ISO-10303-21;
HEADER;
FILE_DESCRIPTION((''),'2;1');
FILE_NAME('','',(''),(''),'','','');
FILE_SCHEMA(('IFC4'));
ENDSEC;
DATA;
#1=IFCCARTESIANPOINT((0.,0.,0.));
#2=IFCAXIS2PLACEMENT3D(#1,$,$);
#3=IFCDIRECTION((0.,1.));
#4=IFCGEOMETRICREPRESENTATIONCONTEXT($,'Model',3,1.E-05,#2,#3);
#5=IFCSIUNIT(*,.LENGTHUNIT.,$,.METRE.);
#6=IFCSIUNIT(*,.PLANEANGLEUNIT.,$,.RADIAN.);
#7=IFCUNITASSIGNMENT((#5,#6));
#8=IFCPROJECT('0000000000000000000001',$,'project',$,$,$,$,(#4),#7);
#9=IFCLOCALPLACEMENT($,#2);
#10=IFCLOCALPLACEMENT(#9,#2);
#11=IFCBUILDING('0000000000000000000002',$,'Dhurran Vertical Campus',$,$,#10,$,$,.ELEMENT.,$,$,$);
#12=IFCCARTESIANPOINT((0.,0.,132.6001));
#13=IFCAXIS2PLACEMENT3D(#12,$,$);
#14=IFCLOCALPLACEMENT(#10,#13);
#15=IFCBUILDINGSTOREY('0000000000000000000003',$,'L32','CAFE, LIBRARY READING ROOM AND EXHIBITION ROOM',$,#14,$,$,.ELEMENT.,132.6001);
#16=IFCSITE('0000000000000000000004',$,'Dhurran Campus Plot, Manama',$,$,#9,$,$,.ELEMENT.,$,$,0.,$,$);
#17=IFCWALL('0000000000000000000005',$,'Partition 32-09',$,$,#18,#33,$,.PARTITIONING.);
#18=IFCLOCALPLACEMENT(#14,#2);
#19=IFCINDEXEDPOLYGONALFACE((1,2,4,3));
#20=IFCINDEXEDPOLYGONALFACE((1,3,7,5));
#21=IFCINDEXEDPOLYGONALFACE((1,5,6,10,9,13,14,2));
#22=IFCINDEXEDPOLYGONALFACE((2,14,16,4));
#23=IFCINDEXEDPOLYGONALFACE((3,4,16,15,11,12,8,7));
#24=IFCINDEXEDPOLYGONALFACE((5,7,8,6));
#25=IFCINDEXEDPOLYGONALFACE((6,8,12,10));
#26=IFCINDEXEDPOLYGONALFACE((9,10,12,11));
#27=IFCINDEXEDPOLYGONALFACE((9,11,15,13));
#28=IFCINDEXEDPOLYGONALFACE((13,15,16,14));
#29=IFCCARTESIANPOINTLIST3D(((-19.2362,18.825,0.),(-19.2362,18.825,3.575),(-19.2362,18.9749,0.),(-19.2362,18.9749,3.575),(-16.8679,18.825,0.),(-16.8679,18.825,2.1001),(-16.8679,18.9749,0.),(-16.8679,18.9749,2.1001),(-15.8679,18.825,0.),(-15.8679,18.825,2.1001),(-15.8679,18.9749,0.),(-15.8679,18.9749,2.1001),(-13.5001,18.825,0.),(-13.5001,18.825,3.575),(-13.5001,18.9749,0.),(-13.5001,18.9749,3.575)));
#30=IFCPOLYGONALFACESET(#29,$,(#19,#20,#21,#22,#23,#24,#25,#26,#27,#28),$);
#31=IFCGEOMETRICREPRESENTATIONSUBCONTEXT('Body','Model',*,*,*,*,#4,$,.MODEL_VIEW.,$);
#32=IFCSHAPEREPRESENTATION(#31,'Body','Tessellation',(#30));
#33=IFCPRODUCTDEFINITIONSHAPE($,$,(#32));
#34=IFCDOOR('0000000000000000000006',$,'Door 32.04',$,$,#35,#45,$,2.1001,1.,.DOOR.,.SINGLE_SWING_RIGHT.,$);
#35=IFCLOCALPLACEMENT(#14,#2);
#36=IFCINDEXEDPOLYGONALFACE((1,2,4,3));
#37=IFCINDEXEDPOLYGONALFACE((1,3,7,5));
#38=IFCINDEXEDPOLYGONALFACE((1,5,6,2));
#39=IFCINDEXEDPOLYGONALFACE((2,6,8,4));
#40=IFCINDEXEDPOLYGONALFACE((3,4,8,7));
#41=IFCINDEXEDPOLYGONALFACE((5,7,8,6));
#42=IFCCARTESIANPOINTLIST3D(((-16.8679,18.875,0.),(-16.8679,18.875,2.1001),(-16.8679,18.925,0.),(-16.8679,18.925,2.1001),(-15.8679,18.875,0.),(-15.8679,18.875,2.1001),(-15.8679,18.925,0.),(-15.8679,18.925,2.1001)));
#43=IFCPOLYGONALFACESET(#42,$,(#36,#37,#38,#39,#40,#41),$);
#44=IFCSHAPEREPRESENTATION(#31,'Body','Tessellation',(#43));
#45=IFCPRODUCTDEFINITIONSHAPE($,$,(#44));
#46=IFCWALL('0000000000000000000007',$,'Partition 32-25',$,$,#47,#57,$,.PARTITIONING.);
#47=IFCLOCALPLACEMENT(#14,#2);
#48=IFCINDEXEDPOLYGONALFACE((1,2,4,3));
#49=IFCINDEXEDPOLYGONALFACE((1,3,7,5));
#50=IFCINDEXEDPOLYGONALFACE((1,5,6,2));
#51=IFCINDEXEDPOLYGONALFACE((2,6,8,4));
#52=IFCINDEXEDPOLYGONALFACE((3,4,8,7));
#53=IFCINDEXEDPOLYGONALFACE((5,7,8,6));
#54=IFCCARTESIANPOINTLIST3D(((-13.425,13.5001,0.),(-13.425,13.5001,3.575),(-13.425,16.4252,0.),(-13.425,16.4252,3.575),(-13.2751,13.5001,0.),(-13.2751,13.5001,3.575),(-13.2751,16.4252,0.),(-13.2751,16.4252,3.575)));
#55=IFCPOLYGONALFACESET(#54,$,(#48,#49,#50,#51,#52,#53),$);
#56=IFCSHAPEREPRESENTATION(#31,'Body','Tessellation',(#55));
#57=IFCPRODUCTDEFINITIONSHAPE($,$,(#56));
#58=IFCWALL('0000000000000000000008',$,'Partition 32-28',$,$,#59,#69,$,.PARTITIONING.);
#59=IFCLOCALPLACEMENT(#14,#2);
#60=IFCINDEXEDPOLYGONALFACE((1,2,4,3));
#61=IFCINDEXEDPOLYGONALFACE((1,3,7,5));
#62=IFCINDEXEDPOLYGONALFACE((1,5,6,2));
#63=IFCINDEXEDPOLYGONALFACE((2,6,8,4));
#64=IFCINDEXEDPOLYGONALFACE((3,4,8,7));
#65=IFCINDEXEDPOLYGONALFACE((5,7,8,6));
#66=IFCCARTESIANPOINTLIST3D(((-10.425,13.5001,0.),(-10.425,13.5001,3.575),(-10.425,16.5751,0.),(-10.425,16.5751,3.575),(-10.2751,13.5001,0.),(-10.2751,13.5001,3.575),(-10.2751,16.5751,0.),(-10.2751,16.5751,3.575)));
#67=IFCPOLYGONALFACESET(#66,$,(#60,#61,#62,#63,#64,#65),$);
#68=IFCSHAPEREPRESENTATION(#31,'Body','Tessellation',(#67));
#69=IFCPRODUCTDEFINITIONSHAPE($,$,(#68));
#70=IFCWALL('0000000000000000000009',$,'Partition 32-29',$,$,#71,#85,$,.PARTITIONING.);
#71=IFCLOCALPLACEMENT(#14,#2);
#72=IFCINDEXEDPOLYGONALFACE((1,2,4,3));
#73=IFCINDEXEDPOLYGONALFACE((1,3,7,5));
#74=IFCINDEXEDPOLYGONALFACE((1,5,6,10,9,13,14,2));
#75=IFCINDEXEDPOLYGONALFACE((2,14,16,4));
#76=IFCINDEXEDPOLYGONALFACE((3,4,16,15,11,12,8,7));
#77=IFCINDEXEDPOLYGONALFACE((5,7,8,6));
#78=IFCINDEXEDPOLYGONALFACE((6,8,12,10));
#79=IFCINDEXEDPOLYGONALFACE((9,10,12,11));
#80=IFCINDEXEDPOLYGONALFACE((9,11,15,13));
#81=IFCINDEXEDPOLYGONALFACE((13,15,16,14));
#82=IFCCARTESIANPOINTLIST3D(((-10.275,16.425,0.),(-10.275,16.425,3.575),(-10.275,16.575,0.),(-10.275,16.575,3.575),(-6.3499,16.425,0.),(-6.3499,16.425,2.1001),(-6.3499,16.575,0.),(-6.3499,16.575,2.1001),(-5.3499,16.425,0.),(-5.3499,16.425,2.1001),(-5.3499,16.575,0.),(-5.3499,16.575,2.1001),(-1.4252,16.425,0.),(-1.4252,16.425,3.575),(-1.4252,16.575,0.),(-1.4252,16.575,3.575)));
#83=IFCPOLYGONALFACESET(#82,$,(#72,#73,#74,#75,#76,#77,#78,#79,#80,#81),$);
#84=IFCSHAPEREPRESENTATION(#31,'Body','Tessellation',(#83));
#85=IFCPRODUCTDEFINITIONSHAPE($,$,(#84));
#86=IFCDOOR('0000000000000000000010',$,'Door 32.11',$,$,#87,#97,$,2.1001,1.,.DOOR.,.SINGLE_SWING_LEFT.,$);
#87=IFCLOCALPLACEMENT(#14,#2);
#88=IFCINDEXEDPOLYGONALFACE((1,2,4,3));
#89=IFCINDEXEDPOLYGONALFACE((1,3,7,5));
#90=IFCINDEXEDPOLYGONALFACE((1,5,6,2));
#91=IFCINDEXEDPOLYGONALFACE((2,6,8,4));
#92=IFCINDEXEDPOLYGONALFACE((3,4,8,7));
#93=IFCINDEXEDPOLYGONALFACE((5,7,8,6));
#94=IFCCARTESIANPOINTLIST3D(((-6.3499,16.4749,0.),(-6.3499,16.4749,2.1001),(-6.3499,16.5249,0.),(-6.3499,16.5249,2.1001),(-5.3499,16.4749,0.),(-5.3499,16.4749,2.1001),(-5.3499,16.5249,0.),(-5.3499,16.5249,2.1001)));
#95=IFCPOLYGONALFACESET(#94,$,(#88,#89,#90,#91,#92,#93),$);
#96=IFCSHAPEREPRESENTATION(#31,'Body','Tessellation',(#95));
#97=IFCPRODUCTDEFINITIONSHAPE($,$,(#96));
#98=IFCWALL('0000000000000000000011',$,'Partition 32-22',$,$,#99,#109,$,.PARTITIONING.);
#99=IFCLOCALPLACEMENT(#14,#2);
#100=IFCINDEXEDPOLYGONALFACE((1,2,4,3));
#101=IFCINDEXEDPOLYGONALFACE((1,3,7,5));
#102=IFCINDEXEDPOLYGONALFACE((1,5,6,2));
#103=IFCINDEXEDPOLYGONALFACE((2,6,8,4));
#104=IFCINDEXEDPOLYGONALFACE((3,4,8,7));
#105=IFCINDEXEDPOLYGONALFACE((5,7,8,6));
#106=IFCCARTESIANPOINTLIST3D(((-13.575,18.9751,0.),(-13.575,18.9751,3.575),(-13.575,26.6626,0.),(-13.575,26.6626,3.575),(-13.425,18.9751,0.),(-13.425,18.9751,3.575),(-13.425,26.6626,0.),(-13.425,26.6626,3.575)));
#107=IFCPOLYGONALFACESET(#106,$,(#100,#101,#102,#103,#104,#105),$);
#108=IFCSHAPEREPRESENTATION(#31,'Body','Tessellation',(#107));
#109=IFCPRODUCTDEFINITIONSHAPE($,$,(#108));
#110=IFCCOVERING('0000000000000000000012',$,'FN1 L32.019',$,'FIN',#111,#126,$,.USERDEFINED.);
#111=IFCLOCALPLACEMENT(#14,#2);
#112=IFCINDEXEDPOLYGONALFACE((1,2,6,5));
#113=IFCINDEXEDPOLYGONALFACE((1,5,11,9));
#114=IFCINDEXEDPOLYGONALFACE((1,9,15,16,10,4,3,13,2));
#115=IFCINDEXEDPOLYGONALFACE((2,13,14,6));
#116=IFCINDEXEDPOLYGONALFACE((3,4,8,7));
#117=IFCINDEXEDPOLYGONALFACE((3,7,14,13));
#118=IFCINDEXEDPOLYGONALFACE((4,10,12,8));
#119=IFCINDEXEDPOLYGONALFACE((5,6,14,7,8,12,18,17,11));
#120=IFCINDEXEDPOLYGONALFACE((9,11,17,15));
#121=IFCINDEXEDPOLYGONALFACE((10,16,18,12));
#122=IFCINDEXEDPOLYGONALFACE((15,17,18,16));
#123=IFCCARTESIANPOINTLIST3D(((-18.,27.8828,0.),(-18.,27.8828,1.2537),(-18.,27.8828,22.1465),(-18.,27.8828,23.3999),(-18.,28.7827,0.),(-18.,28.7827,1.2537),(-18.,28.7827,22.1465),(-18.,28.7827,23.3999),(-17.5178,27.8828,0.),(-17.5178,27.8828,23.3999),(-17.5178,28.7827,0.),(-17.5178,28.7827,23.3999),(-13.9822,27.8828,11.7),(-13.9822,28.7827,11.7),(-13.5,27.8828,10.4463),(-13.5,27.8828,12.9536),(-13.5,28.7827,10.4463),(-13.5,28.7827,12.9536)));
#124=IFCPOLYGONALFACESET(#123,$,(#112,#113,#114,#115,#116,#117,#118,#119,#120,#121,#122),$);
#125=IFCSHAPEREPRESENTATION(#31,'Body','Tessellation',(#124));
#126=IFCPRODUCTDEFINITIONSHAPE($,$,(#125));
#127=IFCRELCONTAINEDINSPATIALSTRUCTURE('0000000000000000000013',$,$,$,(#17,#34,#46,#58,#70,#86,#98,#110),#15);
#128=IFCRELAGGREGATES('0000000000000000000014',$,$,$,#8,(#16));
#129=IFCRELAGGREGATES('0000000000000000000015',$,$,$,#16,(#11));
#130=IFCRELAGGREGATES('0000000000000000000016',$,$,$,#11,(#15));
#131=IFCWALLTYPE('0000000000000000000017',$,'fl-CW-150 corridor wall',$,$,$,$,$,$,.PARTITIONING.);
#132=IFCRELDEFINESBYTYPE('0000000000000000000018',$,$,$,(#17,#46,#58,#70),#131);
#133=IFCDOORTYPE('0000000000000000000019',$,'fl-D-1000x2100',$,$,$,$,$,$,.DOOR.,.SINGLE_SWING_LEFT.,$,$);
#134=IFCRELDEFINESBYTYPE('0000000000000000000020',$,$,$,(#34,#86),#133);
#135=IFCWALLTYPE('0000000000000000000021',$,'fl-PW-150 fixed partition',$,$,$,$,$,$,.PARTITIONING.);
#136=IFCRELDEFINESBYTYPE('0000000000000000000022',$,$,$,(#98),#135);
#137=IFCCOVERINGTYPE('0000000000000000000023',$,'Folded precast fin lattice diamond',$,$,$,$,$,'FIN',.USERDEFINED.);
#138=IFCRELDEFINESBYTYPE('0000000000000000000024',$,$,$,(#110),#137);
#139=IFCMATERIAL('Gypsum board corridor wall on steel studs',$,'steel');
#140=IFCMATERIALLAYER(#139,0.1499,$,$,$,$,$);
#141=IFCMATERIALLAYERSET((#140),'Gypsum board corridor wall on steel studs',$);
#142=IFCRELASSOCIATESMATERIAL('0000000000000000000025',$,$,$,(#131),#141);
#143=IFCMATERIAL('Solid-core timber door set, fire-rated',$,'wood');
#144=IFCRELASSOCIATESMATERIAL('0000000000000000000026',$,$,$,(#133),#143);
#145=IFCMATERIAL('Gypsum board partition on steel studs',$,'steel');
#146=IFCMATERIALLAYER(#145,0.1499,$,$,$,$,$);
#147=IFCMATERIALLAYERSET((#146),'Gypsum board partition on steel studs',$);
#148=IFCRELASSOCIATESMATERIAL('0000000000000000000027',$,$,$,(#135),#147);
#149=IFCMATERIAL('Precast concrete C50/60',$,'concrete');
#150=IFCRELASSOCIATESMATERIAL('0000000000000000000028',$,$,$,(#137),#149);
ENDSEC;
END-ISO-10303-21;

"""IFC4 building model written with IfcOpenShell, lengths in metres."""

from ifc_helpers import new_model, si_unit, direction, frame, frame_2d, origin, place, context, subcontext, project, spatial, polyline, rectangle, outline, extrude, material, layer, layer_set, type_object, element, fill, save


model = new_model("IFC4")

# Units and contexts
model_context = context("Model", 3, precision=1e-05, world=origin(), true_north=direction((0.0, 1.0)))
body_context = subcontext(model_context, "Body", "Model", "MODEL_VIEW")
ifc_project = project(units=[si_unit("LENGTHUNIT", "METRE"), si_unit("PLANEANGLEUNIT", "RADIAN")], contexts=[model_context])

# Site, building, storey
site_placement = place(None, origin())
site = spatial("IfcSite", under=ifc_project, at=site_placement, Name="Dhurran Campus Plot, Manama", CompositionType="ELEMENT", RefElevation=0.0)
building_placement = place(site_placement, origin())
building = spatial("IfcBuilding", under=site, at=building_placement, Name="Dhurran Vertical Campus", CompositionType="ELEMENT")
storey_placement = place(building_placement, frame((0.0, 0.0, 132.6001)))
storey = spatial("IfcBuildingStorey", under=building, at=storey_placement, Name="L32", Description="CAFE, LIBRARY READING ROOM AND EXHIBITION ROOM", CompositionType="ELEMENT", Elevation=132.6001)

# Wall, opening, door
ifc_material_1 = material(Name="Gypsum board corridor wall on steel studs", Category="steel")
ifc_layer_1 = layer(ifc_material_1, 0.1499)
ifc_layer_set_1 = layer_set([ifc_layer_1], Name="Gypsum board corridor wall on steel studs")
wall_type_1 = type_object("IfcWallType", Name="fl-CW-150 corridor wall", PredefinedType="PARTITIONING", material=ifc_layer_set_1)
wall_1_placement = place(storey_placement, frame((-13.5, 18.8999, 0.0), z_axis=(0.0, 0.0, 1.0), x_axis=(-1.0, 0.0, 0.0)))
wall_1 = element("IfcWall", 1, at=wall_1_placement, inside=storey, type_object=wall_type_1, Name="Partition 32-09", PredefinedType="PARTITIONING", context=body_context, shape_type="SweptSolid", body=[
    extrude(rectangle(XDim=5.7361, YDim=0.1499, at=frame_2d((2.8682, 0.0))), origin(), (0.0, 0.0, 1.0), 3.575),
])
opening_1_placement = place(wall_1_placement, frame((2.3679, 0.0, 0.0)))
opening_1 = element("IfcOpeningElement", 2, at=opening_1_placement, cuts=wall_1, PredefinedType="OPENING", context=body_context, shape_type="SweptSolid", body=[
    extrude(rectangle(XDim=1.0, YDim=2.1001, at=frame_2d((0.5, 1.05))), frame((0.0, 0.085, 0.0), z_axis=(0.0, -1.0, 0.0), x_axis=(1.0, 0.0, 0.0)), (0.0, 0.0, 1.0), 0.1699),
])
ifc_material_2 = material(Name="Solid-core timber door set, fire-rated", Category="wood")
door_type = type_object("IfcDoorType", Name="fl-D-1000x2100", OperationType="SINGLE_SWING_LEFT", PredefinedType="DOOR", material=ifc_material_2)
door_1_placement = place(opening_1_placement, origin())
door_1 = element("IfcDoor", 3, at=door_1_placement, inside=storey, type_object=door_type, Name="Door 32.04", OperationType="SINGLE_SWING_RIGHT", OverallHeight=2.1001, OverallWidth=1.0, PredefinedType="DOOR", context=body_context, shape_type="SweptSolid", body=[
    extrude(rectangle(XDim=1.0, YDim=2.1001, at=frame_2d((0.5, 1.05))), frame((0.0, 0.0249, 0.0), z_axis=(0.0, -1.0, 0.0), x_axis=(1.0, 0.0, 0.0)), (0.0, 0.0, 1.0), 0.05),
])
fill(opening_1, door_1)

# Walls
wall_2_placement = place(storey_placement, frame((-13.3501, 16.425, 0.0), z_axis=(0.0, 0.0, 1.0), x_axis=(0.0, -1.0, 0.0)))
element("IfcWall", 4, at=wall_2_placement, inside=storey, type_object=wall_type_1, Name="Partition 32-25", PredefinedType="PARTITIONING", context=body_context, shape_type="SweptSolid", body=[
    extrude(rectangle(XDim=2.925, YDim=0.1499, at=frame_2d((1.4624, 0.0))), origin(), (0.0, 0.0, 1.0), 3.575),
])
wall_3_placement = place(storey_placement, frame((-10.3501, 13.5, 0.0), z_axis=(0.0, 0.0, 1.0), x_axis=(0.0, 1.0, 0.0)))
element("IfcWall", 5, at=wall_3_placement, inside=storey, type_object=wall_type_1, Name="Partition 32-28", PredefinedType="PARTITIONING", context=body_context, shape_type="SweptSolid", body=[
    extrude(rectangle(XDim=3.075, YDim=0.1499, at=frame_2d((1.5376, 0.0))), origin(), (0.0, 0.0, 1.0), 3.575),
])

# Wall, opening, door
wall_4_placement = place(storey_placement, frame((-10.2749, 16.5, 0.0), z_axis=(0.0, 0.0, 1.0), x_axis=(1.0, 0.0, 0.0)))
wall_4 = element("IfcWall", 6, at=wall_4_placement, inside=storey, type_object=wall_type_1, Name="Partition 32-29", PredefinedType="PARTITIONING", context=body_context, shape_type="SweptSolid", body=[
    extrude(rectangle(XDim=8.8499, YDim=0.1499, at=frame_2d((4.4248, 0.0))), origin(), (0.0, 0.0, 1.0), 3.575),
])
opening_2_placement = place(wall_4_placement, frame((3.925, 0.0, 0.0)))
opening_2 = element("IfcOpeningElement", 7, at=opening_2_placement, cuts=wall_4, PredefinedType="OPENING", context=body_context, shape_type="SweptSolid", body=[
    extrude(rectangle(XDim=1.0, YDim=2.1001, at=frame_2d((0.5, 1.05))), frame((0.0, 0.085, 0.0), z_axis=(0.0, -1.0, 0.0), x_axis=(1.0, 0.0, 0.0)), (0.0, 0.0, 1.0), 0.1699),
])
door_2_placement = place(opening_2_placement, origin())
door_2 = element("IfcDoor", 8, at=door_2_placement, inside=storey, type_object=door_type, Name="Door 32.11", OperationType="SINGLE_SWING_LEFT", OverallHeight=2.1001, OverallWidth=1.0, PredefinedType="DOOR", context=body_context, shape_type="SweptSolid", body=[
    extrude(rectangle(XDim=1.0, YDim=2.1001, at=frame_2d((0.5, 1.05))), frame((0.0, 0.0249, 0.0), z_axis=(0.0, -1.0, 0.0), x_axis=(1.0, 0.0, 0.0)), (0.0, 0.0, 1.0), 0.05),
])
fill(opening_2, door_2)

# Wall
ifc_material_3 = material(Name="Gypsum board partition on steel studs", Category="steel")
ifc_layer_2 = layer(ifc_material_3, 0.1499)
ifc_layer_set_2 = layer_set([ifc_layer_2], Name="Gypsum board partition on steel studs")
wall_type_2 = type_object("IfcWallType", Name="fl-PW-150 fixed partition", PredefinedType="PARTITIONING", material=ifc_layer_set_2)
wall_5_placement = place(storey_placement, frame((-13.5, 26.6626, 0.0), z_axis=(0.0, 0.0, 1.0), x_axis=(0.0, -1.0, 0.0)))
element("IfcWall", 9, at=wall_5_placement, inside=storey, type_object=wall_type_2, Name="Partition 32-22", PredefinedType="PARTITIONING", context=body_context, shape_type="SweptSolid", body=[
    extrude(rectangle(XDim=7.6875, YDim=0.1499, at=frame_2d((3.8438, 0.0))), origin(), (0.0, 0.0, 1.0), 3.575),
])

# Covering
ifc_material_4 = material(Name="Precast concrete C50/60", Category="concrete")
covering_type = type_object("IfcCoveringType", Name="Folded precast fin lattice diamond", ElementType="FIN", PredefinedType="USERDEFINED", material=ifc_material_4)
covering_placement = place(storey_placement, frame((-13.5, 27.8828, 0.0), z_axis=(0.0, 1.0, 0.0), x_axis=(-1.0, 0.0, 0.0)))
element("IfcCovering", 10, at=covering_placement, inside=storey, type_object=covering_type, Name="FN1 L32.019", ObjectType="FIN", PredefinedType="USERDEFINED", context=body_context, shape_type="SweptSolid", body=[
    extrude(outline(polyline([(4.0178, 0.0), (0.0, 10.4463), (0.0, 12.9536), (4.0178, 23.3999), (4.5, 23.3999), (4.5, 22.1465), (0.4822, 11.7), (4.5, 1.2537), (4.5, 0.0), (4.0178, 0.0)])), origin(), (0.0, 0.0, 1.0), 0.8999),
])

save(model, "model.ifc")
